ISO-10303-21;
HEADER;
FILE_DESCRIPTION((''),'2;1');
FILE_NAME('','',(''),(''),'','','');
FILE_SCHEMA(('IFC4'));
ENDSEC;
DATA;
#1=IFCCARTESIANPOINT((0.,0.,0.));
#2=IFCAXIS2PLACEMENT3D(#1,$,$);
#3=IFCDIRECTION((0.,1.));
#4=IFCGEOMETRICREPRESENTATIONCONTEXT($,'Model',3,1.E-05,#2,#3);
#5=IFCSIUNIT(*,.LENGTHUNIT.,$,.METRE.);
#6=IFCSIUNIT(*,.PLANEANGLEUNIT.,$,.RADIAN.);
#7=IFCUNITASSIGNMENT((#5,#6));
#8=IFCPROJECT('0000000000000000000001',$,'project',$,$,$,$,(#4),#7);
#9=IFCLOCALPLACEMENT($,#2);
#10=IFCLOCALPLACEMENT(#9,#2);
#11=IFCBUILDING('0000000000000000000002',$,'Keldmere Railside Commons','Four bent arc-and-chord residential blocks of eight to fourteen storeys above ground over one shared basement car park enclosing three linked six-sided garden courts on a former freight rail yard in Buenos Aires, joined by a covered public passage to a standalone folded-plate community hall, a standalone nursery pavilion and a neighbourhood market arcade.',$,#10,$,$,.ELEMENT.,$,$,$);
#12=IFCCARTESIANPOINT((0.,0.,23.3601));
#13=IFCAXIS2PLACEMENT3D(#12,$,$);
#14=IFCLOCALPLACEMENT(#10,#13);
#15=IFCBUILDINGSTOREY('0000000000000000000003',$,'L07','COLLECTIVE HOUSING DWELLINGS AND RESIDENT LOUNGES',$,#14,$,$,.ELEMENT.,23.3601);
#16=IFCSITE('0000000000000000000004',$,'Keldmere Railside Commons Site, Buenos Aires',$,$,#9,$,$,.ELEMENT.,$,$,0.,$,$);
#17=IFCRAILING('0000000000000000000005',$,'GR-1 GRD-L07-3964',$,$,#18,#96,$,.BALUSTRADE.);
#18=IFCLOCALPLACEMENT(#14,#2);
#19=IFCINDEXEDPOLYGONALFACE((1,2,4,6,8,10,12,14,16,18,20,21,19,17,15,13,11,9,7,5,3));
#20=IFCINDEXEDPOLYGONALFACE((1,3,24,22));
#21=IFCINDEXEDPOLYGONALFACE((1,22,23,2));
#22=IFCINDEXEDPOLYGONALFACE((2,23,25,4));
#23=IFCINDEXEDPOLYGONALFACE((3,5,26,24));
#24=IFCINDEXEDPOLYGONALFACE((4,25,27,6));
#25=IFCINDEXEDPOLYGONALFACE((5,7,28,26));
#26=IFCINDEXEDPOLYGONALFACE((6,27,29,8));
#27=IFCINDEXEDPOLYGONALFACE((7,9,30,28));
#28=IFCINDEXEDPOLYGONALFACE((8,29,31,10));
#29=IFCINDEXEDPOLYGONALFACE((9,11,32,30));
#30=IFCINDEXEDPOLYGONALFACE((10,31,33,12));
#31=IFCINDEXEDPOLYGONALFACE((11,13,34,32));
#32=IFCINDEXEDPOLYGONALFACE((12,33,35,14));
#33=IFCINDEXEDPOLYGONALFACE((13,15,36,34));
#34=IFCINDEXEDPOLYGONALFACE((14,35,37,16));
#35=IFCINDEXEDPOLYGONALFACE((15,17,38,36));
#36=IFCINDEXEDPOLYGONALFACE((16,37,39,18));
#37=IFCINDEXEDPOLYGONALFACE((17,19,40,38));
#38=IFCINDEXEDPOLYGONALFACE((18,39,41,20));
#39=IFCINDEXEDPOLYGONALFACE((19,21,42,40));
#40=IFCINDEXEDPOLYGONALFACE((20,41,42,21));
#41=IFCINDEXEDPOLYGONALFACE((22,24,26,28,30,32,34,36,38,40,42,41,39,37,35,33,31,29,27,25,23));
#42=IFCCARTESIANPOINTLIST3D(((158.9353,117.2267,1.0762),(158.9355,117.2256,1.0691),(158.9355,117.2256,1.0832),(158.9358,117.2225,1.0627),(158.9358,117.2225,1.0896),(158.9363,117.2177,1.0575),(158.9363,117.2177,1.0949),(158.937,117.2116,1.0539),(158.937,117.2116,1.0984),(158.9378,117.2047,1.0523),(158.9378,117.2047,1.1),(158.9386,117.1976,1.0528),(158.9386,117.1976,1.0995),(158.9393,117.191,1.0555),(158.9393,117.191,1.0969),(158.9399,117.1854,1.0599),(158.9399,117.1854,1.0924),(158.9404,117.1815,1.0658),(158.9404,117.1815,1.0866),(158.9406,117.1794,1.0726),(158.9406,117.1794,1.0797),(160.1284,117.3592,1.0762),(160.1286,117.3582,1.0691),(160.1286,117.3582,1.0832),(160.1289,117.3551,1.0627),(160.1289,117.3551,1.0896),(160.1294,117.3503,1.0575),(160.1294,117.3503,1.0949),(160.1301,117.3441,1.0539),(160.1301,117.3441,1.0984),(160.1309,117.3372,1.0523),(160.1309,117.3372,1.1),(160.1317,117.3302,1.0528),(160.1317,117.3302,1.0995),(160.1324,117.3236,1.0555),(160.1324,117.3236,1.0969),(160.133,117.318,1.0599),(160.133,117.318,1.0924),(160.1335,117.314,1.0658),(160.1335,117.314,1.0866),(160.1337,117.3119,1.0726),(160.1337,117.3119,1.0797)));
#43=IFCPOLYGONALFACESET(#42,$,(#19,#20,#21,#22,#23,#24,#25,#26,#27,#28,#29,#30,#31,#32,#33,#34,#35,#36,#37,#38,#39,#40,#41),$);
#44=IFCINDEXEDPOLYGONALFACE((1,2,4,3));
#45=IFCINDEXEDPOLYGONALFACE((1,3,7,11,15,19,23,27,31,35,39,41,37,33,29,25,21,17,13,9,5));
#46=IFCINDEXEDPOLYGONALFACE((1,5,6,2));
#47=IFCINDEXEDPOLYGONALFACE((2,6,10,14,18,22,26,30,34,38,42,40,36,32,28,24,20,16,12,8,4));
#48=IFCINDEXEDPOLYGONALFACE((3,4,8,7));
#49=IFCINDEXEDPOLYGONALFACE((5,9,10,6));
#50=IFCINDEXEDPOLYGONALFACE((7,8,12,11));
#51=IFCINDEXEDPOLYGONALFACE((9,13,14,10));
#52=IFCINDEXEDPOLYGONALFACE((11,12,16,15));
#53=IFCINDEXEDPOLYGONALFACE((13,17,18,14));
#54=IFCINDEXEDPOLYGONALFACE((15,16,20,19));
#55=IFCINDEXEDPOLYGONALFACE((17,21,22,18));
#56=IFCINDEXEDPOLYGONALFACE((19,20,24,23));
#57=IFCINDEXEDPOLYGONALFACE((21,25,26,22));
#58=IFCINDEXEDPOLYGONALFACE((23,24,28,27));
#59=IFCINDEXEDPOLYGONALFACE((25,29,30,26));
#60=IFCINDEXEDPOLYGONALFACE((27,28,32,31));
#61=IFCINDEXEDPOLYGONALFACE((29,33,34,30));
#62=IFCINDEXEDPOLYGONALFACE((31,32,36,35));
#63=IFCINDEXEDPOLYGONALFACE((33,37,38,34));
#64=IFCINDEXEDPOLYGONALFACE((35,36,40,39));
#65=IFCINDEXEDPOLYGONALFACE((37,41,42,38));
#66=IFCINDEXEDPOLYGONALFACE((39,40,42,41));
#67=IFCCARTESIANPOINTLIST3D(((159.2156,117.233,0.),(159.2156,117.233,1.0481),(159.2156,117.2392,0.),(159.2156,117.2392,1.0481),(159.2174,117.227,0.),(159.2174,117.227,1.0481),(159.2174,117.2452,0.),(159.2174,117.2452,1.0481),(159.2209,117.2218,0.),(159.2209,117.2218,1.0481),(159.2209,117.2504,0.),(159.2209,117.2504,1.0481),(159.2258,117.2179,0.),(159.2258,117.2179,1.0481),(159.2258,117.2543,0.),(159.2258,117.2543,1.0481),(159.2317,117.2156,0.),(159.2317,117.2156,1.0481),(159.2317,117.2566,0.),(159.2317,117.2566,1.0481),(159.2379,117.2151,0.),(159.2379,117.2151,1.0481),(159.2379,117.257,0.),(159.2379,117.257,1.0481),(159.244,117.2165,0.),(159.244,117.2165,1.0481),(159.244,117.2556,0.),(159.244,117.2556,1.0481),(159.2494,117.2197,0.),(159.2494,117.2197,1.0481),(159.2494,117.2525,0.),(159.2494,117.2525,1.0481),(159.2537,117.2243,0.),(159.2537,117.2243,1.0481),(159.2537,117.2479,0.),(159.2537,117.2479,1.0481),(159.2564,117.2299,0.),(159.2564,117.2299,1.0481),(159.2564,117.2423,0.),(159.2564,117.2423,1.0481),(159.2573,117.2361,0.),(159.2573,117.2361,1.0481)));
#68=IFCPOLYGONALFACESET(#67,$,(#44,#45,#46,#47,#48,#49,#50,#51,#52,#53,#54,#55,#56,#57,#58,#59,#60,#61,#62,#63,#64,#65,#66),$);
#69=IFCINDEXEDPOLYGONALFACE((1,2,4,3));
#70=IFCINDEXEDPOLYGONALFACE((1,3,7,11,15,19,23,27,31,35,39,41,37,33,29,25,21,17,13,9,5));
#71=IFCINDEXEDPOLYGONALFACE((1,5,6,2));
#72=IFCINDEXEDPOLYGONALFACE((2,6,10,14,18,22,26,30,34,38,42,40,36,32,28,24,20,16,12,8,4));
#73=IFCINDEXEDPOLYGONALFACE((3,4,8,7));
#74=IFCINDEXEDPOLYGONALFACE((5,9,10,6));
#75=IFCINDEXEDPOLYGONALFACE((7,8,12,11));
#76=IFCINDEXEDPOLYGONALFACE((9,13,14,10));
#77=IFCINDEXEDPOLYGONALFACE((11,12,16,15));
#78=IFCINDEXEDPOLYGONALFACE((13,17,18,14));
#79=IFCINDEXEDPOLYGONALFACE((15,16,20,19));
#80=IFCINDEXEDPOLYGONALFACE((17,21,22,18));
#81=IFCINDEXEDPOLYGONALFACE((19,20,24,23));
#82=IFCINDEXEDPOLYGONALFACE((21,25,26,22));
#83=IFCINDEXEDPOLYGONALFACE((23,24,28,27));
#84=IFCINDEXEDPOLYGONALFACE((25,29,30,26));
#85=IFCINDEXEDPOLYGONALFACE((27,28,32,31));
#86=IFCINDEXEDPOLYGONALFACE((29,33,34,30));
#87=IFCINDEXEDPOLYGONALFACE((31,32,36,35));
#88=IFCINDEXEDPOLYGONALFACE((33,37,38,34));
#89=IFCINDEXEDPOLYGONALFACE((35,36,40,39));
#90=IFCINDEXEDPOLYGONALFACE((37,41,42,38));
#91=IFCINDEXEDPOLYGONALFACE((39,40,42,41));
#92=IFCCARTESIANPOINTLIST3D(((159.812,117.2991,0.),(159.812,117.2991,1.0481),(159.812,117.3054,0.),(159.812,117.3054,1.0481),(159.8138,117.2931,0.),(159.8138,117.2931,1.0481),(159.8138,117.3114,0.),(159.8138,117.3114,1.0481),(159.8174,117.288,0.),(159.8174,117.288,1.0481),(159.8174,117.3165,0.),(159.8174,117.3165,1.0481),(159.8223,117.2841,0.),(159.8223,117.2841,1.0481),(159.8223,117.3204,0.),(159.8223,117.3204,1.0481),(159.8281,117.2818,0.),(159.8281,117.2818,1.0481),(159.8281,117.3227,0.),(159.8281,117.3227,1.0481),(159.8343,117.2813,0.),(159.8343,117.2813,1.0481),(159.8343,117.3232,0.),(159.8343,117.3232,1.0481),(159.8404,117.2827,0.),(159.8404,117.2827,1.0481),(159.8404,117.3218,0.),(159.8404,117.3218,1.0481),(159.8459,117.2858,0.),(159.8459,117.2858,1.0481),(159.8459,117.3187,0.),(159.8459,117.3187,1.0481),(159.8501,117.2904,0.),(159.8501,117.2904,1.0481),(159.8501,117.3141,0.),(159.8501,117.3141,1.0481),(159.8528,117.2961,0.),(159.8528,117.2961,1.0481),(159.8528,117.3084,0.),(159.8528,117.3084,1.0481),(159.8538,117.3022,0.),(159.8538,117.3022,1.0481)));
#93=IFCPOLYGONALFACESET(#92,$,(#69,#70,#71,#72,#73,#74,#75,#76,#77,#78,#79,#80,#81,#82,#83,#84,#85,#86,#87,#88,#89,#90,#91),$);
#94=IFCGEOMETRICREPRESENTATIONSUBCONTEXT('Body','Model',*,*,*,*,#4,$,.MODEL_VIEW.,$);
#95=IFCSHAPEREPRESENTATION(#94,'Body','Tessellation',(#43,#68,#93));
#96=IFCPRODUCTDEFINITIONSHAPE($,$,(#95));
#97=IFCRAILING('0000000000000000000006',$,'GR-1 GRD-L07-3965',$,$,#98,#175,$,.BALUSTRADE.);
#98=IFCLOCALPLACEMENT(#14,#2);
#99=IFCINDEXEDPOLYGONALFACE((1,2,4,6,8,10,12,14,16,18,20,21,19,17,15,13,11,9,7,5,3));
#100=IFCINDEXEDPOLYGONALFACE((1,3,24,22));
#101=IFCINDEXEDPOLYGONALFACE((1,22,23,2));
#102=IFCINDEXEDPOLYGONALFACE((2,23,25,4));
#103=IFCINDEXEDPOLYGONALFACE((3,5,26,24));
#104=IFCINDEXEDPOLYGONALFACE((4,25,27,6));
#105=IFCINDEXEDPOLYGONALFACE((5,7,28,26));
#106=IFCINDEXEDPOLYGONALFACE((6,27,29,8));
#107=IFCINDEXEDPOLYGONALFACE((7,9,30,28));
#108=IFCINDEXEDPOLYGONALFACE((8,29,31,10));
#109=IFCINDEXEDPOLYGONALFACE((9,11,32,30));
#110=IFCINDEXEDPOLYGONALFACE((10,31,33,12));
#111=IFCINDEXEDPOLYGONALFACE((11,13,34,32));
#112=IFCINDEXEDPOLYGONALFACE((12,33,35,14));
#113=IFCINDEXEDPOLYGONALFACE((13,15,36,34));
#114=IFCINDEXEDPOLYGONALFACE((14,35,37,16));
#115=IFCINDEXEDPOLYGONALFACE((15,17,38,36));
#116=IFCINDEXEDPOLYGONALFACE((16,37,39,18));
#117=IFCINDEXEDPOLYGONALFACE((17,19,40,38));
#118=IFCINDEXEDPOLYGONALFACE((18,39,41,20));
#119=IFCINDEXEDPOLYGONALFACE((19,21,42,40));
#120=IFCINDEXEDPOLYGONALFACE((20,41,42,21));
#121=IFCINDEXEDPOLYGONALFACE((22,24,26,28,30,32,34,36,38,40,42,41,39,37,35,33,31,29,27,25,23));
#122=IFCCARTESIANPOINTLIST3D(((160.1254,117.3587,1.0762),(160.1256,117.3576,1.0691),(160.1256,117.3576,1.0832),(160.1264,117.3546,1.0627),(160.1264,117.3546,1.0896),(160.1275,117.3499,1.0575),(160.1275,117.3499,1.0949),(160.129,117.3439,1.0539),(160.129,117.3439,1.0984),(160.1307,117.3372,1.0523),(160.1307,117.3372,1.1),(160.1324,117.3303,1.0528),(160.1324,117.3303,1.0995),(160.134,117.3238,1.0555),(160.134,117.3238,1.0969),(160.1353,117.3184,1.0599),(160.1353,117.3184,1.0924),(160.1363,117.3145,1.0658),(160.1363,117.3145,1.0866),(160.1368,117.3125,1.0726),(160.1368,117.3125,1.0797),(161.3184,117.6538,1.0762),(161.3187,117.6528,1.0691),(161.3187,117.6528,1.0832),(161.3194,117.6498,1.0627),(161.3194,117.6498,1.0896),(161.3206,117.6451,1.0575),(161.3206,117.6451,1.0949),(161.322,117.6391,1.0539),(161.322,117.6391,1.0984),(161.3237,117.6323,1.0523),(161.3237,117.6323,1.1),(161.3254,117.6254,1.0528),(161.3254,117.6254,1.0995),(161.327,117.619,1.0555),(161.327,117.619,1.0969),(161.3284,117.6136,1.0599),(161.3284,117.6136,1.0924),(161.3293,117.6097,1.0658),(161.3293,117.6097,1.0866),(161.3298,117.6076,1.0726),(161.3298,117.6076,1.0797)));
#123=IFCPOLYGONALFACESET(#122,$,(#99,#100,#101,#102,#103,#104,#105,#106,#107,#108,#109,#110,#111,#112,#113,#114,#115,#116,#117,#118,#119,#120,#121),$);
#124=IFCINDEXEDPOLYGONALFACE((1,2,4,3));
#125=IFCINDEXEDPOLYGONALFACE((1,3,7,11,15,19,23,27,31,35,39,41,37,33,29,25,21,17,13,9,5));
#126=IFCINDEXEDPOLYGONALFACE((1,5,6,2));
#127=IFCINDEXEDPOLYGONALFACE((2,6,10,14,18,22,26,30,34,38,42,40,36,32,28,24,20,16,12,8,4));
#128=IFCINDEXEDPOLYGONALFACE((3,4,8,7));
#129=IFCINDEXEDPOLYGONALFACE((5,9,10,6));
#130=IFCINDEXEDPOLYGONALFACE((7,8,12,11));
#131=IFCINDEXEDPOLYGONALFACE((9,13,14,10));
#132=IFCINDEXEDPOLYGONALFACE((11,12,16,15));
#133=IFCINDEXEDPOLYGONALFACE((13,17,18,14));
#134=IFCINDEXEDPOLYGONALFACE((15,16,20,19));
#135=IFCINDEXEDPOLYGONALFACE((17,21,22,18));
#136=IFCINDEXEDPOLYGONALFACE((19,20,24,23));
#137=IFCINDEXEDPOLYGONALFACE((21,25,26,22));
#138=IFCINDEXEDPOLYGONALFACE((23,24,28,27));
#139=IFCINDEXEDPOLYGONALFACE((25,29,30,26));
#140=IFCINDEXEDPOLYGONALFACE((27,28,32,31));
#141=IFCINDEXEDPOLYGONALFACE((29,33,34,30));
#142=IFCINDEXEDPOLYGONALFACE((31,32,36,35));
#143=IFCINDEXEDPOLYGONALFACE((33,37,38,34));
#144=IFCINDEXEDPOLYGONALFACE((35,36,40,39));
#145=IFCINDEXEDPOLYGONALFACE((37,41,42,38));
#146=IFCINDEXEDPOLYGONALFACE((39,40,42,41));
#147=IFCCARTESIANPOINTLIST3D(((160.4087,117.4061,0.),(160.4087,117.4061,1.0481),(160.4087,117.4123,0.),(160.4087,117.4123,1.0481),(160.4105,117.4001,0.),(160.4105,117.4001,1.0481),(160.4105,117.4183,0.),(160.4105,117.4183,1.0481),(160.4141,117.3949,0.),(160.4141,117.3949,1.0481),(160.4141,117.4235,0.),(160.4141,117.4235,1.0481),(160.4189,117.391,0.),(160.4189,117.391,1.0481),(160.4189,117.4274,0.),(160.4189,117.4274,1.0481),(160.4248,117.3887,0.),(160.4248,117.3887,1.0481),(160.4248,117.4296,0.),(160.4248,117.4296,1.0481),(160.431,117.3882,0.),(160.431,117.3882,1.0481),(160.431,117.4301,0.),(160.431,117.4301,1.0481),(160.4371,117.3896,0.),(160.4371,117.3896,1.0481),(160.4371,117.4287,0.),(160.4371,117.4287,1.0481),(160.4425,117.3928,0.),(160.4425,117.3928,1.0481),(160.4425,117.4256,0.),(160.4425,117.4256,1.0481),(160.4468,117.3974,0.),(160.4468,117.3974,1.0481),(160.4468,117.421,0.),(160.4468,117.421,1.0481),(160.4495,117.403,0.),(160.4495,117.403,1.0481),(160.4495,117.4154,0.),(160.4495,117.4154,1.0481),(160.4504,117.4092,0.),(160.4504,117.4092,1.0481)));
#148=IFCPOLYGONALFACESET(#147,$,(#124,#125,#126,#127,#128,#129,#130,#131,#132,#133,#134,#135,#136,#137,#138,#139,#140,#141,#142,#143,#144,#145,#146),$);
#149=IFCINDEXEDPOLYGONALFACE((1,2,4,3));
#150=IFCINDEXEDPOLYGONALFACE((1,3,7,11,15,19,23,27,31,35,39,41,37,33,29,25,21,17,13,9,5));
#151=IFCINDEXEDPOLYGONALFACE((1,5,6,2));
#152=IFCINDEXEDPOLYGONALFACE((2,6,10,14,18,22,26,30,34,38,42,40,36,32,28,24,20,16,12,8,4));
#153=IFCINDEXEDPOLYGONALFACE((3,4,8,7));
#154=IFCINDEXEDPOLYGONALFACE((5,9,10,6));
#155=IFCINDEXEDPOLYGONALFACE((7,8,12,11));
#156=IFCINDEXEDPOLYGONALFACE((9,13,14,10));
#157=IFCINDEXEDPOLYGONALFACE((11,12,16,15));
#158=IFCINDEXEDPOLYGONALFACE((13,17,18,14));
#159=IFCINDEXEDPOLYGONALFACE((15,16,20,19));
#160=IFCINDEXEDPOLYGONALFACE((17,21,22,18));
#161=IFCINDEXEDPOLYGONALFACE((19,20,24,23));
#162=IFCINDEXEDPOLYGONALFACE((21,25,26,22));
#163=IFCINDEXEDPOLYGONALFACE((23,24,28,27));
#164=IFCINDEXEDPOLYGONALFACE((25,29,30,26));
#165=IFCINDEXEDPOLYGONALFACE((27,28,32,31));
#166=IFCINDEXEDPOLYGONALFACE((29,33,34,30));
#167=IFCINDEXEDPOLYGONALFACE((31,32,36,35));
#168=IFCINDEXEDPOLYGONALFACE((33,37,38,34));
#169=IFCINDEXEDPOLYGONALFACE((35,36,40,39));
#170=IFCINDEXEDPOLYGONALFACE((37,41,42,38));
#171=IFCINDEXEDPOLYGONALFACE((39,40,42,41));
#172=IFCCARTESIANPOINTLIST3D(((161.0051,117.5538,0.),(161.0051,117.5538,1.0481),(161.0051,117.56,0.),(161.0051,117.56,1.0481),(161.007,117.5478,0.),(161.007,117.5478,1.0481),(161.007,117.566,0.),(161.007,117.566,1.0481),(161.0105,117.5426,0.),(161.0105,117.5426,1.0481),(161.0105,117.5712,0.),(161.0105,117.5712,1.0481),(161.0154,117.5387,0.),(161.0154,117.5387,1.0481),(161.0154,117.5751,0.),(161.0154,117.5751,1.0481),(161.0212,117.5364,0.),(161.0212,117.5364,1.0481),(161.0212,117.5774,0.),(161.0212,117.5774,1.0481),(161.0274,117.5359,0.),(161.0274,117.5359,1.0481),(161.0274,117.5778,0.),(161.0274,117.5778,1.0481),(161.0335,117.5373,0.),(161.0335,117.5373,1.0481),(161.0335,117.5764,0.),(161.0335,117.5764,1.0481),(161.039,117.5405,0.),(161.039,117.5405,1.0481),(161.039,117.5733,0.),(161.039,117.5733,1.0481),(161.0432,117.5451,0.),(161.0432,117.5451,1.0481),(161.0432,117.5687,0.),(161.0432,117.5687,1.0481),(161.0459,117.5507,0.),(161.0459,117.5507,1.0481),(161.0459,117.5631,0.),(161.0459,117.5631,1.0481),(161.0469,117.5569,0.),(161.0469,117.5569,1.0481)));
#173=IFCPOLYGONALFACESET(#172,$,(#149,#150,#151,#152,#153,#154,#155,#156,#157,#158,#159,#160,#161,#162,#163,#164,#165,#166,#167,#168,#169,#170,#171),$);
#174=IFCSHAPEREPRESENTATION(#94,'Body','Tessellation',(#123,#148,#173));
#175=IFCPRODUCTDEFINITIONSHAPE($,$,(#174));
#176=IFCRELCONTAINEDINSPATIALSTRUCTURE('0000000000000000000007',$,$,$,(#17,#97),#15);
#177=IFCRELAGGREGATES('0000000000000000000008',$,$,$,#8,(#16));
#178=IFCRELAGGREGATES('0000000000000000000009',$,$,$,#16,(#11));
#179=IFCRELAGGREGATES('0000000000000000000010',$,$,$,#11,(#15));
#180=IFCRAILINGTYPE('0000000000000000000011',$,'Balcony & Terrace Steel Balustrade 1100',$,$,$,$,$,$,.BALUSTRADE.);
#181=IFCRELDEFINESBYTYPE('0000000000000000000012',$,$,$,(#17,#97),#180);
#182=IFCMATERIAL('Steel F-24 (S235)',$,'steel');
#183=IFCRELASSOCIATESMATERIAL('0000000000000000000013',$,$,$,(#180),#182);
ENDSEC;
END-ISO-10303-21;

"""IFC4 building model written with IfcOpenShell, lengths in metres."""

from ifc_helpers import new_model, si_unit, direction, frame, origin, origin_2d, place, context, subcontext, project, spatial, circle, extrude, material, type_object, element, save


model = new_model("IFC4")

# Units and contexts
model_context = context("Model", 3, precision=1e-05, world=origin(), true_north=direction((0.0, 1.0)))
body_context = subcontext(model_context, "Body", "Model", "MODEL_VIEW")
ifc_project = project(units=[si_unit("LENGTHUNIT", "METRE"), si_unit("PLANEANGLEUNIT", "RADIAN")], contexts=[model_context])

# Site, building, storey
site_placement = place(None, origin())
site = spatial("IfcSite", under=ifc_project, at=site_placement, Name="Keldmere Railside Commons Site, Buenos Aires", CompositionType="ELEMENT", RefElevation=0.0)
building_placement = place(site_placement, origin())
building = spatial("IfcBuilding", under=site, at=building_placement, Name="Keldmere Railside Commons", Description="Four bent arc-and-chord residential blocks of eight to fourteen storeys above ground over one shared basement car park enclosing three linked six-sided garden courts on a former freight rail yard in Buenos Aires, joined by a covered public passage to a standalone folded-plate community hall, a standalone nursery pavilion and a neighbourhood market arcade.", CompositionType="ELEMENT")
storey_placement = place(building_placement, frame((0.0, 0.0, 23.3601)))
storey = spatial("IfcBuildingStorey", under=building, at=storey_placement, Name="L07", Description="COLLECTIVE HOUSING DWELLINGS AND RESIDENT LOUNGES", CompositionType="ELEMENT", Elevation=23.3601)

# Shared definitions
ifc_material_1 = material(Name="Steel F-24 (S235)", Category="steel")

# Railings
railing_type = type_object("IfcRailingType", Name="Balcony & Terrace Steel Balustrade 1100", PredefinedType="BALUSTRADE", material=ifc_material_1)
railing_1_placement = place(storey_placement, frame((158.938, 117.2029, 0.0)))
element("IfcRailing", 1, at=railing_1_placement, inside=storey, type_object=railing_type, Name="GR-1 GRD-L07-3964", PredefinedType="BALUSTRADE", context=body_context, shape_type="SweptSolid", body=[
    extrude(circle(Radius=0.0239, at=origin_2d()), frame((0.0, 0.0, 1.0762), z_axis=(0.993884, 0.110432, 0.0), x_axis=(-0.110432, 0.993884, 0.0)), (0.0, 0.0, 1.0), 1.2004),
    extrude(circle(Radius=0.021, at=origin_2d()), frame((0.2983, 0.0332, 0.0)), (0.0, 0.0, 1.0), 1.0481),
    extrude(circle(Radius=0.021, at=origin_2d()), frame((0.8948, 0.0994, 0.0)), (0.0, 0.0, 1.0), 1.0481),
])
railing_2_placement = place(storey_placement, frame((160.1311, 117.3354, 0.0)))
element("IfcRailing", 2, at=railing_2_placement, inside=storey, type_object=railing_type, Name="GR-1 GRD-L07-3965", PredefinedType="BALUSTRADE", context=body_context, shape_type="SweptSolid", body=[
    extrude(circle(Radius=0.0239, at=origin_2d()), frame((0.0, 0.0, 1.0762), z_axis=(0.970735, 0.240151, 0.0), x_axis=(-0.240151, 0.970735, 0.0)), (0.0, 0.0, 1.0), 1.229),
    extrude(circle(Radius=0.021, at=origin_2d()), frame((0.2983, 0.0737, 0.0)), (0.0, 0.0, 1.0), 1.0481),
    extrude(circle(Radius=0.021, at=origin_2d()), frame((0.8948, 0.2214, 0.0)), (0.0, 0.0, 1.0), 1.0481),
])

save(model, "model.ifc")
